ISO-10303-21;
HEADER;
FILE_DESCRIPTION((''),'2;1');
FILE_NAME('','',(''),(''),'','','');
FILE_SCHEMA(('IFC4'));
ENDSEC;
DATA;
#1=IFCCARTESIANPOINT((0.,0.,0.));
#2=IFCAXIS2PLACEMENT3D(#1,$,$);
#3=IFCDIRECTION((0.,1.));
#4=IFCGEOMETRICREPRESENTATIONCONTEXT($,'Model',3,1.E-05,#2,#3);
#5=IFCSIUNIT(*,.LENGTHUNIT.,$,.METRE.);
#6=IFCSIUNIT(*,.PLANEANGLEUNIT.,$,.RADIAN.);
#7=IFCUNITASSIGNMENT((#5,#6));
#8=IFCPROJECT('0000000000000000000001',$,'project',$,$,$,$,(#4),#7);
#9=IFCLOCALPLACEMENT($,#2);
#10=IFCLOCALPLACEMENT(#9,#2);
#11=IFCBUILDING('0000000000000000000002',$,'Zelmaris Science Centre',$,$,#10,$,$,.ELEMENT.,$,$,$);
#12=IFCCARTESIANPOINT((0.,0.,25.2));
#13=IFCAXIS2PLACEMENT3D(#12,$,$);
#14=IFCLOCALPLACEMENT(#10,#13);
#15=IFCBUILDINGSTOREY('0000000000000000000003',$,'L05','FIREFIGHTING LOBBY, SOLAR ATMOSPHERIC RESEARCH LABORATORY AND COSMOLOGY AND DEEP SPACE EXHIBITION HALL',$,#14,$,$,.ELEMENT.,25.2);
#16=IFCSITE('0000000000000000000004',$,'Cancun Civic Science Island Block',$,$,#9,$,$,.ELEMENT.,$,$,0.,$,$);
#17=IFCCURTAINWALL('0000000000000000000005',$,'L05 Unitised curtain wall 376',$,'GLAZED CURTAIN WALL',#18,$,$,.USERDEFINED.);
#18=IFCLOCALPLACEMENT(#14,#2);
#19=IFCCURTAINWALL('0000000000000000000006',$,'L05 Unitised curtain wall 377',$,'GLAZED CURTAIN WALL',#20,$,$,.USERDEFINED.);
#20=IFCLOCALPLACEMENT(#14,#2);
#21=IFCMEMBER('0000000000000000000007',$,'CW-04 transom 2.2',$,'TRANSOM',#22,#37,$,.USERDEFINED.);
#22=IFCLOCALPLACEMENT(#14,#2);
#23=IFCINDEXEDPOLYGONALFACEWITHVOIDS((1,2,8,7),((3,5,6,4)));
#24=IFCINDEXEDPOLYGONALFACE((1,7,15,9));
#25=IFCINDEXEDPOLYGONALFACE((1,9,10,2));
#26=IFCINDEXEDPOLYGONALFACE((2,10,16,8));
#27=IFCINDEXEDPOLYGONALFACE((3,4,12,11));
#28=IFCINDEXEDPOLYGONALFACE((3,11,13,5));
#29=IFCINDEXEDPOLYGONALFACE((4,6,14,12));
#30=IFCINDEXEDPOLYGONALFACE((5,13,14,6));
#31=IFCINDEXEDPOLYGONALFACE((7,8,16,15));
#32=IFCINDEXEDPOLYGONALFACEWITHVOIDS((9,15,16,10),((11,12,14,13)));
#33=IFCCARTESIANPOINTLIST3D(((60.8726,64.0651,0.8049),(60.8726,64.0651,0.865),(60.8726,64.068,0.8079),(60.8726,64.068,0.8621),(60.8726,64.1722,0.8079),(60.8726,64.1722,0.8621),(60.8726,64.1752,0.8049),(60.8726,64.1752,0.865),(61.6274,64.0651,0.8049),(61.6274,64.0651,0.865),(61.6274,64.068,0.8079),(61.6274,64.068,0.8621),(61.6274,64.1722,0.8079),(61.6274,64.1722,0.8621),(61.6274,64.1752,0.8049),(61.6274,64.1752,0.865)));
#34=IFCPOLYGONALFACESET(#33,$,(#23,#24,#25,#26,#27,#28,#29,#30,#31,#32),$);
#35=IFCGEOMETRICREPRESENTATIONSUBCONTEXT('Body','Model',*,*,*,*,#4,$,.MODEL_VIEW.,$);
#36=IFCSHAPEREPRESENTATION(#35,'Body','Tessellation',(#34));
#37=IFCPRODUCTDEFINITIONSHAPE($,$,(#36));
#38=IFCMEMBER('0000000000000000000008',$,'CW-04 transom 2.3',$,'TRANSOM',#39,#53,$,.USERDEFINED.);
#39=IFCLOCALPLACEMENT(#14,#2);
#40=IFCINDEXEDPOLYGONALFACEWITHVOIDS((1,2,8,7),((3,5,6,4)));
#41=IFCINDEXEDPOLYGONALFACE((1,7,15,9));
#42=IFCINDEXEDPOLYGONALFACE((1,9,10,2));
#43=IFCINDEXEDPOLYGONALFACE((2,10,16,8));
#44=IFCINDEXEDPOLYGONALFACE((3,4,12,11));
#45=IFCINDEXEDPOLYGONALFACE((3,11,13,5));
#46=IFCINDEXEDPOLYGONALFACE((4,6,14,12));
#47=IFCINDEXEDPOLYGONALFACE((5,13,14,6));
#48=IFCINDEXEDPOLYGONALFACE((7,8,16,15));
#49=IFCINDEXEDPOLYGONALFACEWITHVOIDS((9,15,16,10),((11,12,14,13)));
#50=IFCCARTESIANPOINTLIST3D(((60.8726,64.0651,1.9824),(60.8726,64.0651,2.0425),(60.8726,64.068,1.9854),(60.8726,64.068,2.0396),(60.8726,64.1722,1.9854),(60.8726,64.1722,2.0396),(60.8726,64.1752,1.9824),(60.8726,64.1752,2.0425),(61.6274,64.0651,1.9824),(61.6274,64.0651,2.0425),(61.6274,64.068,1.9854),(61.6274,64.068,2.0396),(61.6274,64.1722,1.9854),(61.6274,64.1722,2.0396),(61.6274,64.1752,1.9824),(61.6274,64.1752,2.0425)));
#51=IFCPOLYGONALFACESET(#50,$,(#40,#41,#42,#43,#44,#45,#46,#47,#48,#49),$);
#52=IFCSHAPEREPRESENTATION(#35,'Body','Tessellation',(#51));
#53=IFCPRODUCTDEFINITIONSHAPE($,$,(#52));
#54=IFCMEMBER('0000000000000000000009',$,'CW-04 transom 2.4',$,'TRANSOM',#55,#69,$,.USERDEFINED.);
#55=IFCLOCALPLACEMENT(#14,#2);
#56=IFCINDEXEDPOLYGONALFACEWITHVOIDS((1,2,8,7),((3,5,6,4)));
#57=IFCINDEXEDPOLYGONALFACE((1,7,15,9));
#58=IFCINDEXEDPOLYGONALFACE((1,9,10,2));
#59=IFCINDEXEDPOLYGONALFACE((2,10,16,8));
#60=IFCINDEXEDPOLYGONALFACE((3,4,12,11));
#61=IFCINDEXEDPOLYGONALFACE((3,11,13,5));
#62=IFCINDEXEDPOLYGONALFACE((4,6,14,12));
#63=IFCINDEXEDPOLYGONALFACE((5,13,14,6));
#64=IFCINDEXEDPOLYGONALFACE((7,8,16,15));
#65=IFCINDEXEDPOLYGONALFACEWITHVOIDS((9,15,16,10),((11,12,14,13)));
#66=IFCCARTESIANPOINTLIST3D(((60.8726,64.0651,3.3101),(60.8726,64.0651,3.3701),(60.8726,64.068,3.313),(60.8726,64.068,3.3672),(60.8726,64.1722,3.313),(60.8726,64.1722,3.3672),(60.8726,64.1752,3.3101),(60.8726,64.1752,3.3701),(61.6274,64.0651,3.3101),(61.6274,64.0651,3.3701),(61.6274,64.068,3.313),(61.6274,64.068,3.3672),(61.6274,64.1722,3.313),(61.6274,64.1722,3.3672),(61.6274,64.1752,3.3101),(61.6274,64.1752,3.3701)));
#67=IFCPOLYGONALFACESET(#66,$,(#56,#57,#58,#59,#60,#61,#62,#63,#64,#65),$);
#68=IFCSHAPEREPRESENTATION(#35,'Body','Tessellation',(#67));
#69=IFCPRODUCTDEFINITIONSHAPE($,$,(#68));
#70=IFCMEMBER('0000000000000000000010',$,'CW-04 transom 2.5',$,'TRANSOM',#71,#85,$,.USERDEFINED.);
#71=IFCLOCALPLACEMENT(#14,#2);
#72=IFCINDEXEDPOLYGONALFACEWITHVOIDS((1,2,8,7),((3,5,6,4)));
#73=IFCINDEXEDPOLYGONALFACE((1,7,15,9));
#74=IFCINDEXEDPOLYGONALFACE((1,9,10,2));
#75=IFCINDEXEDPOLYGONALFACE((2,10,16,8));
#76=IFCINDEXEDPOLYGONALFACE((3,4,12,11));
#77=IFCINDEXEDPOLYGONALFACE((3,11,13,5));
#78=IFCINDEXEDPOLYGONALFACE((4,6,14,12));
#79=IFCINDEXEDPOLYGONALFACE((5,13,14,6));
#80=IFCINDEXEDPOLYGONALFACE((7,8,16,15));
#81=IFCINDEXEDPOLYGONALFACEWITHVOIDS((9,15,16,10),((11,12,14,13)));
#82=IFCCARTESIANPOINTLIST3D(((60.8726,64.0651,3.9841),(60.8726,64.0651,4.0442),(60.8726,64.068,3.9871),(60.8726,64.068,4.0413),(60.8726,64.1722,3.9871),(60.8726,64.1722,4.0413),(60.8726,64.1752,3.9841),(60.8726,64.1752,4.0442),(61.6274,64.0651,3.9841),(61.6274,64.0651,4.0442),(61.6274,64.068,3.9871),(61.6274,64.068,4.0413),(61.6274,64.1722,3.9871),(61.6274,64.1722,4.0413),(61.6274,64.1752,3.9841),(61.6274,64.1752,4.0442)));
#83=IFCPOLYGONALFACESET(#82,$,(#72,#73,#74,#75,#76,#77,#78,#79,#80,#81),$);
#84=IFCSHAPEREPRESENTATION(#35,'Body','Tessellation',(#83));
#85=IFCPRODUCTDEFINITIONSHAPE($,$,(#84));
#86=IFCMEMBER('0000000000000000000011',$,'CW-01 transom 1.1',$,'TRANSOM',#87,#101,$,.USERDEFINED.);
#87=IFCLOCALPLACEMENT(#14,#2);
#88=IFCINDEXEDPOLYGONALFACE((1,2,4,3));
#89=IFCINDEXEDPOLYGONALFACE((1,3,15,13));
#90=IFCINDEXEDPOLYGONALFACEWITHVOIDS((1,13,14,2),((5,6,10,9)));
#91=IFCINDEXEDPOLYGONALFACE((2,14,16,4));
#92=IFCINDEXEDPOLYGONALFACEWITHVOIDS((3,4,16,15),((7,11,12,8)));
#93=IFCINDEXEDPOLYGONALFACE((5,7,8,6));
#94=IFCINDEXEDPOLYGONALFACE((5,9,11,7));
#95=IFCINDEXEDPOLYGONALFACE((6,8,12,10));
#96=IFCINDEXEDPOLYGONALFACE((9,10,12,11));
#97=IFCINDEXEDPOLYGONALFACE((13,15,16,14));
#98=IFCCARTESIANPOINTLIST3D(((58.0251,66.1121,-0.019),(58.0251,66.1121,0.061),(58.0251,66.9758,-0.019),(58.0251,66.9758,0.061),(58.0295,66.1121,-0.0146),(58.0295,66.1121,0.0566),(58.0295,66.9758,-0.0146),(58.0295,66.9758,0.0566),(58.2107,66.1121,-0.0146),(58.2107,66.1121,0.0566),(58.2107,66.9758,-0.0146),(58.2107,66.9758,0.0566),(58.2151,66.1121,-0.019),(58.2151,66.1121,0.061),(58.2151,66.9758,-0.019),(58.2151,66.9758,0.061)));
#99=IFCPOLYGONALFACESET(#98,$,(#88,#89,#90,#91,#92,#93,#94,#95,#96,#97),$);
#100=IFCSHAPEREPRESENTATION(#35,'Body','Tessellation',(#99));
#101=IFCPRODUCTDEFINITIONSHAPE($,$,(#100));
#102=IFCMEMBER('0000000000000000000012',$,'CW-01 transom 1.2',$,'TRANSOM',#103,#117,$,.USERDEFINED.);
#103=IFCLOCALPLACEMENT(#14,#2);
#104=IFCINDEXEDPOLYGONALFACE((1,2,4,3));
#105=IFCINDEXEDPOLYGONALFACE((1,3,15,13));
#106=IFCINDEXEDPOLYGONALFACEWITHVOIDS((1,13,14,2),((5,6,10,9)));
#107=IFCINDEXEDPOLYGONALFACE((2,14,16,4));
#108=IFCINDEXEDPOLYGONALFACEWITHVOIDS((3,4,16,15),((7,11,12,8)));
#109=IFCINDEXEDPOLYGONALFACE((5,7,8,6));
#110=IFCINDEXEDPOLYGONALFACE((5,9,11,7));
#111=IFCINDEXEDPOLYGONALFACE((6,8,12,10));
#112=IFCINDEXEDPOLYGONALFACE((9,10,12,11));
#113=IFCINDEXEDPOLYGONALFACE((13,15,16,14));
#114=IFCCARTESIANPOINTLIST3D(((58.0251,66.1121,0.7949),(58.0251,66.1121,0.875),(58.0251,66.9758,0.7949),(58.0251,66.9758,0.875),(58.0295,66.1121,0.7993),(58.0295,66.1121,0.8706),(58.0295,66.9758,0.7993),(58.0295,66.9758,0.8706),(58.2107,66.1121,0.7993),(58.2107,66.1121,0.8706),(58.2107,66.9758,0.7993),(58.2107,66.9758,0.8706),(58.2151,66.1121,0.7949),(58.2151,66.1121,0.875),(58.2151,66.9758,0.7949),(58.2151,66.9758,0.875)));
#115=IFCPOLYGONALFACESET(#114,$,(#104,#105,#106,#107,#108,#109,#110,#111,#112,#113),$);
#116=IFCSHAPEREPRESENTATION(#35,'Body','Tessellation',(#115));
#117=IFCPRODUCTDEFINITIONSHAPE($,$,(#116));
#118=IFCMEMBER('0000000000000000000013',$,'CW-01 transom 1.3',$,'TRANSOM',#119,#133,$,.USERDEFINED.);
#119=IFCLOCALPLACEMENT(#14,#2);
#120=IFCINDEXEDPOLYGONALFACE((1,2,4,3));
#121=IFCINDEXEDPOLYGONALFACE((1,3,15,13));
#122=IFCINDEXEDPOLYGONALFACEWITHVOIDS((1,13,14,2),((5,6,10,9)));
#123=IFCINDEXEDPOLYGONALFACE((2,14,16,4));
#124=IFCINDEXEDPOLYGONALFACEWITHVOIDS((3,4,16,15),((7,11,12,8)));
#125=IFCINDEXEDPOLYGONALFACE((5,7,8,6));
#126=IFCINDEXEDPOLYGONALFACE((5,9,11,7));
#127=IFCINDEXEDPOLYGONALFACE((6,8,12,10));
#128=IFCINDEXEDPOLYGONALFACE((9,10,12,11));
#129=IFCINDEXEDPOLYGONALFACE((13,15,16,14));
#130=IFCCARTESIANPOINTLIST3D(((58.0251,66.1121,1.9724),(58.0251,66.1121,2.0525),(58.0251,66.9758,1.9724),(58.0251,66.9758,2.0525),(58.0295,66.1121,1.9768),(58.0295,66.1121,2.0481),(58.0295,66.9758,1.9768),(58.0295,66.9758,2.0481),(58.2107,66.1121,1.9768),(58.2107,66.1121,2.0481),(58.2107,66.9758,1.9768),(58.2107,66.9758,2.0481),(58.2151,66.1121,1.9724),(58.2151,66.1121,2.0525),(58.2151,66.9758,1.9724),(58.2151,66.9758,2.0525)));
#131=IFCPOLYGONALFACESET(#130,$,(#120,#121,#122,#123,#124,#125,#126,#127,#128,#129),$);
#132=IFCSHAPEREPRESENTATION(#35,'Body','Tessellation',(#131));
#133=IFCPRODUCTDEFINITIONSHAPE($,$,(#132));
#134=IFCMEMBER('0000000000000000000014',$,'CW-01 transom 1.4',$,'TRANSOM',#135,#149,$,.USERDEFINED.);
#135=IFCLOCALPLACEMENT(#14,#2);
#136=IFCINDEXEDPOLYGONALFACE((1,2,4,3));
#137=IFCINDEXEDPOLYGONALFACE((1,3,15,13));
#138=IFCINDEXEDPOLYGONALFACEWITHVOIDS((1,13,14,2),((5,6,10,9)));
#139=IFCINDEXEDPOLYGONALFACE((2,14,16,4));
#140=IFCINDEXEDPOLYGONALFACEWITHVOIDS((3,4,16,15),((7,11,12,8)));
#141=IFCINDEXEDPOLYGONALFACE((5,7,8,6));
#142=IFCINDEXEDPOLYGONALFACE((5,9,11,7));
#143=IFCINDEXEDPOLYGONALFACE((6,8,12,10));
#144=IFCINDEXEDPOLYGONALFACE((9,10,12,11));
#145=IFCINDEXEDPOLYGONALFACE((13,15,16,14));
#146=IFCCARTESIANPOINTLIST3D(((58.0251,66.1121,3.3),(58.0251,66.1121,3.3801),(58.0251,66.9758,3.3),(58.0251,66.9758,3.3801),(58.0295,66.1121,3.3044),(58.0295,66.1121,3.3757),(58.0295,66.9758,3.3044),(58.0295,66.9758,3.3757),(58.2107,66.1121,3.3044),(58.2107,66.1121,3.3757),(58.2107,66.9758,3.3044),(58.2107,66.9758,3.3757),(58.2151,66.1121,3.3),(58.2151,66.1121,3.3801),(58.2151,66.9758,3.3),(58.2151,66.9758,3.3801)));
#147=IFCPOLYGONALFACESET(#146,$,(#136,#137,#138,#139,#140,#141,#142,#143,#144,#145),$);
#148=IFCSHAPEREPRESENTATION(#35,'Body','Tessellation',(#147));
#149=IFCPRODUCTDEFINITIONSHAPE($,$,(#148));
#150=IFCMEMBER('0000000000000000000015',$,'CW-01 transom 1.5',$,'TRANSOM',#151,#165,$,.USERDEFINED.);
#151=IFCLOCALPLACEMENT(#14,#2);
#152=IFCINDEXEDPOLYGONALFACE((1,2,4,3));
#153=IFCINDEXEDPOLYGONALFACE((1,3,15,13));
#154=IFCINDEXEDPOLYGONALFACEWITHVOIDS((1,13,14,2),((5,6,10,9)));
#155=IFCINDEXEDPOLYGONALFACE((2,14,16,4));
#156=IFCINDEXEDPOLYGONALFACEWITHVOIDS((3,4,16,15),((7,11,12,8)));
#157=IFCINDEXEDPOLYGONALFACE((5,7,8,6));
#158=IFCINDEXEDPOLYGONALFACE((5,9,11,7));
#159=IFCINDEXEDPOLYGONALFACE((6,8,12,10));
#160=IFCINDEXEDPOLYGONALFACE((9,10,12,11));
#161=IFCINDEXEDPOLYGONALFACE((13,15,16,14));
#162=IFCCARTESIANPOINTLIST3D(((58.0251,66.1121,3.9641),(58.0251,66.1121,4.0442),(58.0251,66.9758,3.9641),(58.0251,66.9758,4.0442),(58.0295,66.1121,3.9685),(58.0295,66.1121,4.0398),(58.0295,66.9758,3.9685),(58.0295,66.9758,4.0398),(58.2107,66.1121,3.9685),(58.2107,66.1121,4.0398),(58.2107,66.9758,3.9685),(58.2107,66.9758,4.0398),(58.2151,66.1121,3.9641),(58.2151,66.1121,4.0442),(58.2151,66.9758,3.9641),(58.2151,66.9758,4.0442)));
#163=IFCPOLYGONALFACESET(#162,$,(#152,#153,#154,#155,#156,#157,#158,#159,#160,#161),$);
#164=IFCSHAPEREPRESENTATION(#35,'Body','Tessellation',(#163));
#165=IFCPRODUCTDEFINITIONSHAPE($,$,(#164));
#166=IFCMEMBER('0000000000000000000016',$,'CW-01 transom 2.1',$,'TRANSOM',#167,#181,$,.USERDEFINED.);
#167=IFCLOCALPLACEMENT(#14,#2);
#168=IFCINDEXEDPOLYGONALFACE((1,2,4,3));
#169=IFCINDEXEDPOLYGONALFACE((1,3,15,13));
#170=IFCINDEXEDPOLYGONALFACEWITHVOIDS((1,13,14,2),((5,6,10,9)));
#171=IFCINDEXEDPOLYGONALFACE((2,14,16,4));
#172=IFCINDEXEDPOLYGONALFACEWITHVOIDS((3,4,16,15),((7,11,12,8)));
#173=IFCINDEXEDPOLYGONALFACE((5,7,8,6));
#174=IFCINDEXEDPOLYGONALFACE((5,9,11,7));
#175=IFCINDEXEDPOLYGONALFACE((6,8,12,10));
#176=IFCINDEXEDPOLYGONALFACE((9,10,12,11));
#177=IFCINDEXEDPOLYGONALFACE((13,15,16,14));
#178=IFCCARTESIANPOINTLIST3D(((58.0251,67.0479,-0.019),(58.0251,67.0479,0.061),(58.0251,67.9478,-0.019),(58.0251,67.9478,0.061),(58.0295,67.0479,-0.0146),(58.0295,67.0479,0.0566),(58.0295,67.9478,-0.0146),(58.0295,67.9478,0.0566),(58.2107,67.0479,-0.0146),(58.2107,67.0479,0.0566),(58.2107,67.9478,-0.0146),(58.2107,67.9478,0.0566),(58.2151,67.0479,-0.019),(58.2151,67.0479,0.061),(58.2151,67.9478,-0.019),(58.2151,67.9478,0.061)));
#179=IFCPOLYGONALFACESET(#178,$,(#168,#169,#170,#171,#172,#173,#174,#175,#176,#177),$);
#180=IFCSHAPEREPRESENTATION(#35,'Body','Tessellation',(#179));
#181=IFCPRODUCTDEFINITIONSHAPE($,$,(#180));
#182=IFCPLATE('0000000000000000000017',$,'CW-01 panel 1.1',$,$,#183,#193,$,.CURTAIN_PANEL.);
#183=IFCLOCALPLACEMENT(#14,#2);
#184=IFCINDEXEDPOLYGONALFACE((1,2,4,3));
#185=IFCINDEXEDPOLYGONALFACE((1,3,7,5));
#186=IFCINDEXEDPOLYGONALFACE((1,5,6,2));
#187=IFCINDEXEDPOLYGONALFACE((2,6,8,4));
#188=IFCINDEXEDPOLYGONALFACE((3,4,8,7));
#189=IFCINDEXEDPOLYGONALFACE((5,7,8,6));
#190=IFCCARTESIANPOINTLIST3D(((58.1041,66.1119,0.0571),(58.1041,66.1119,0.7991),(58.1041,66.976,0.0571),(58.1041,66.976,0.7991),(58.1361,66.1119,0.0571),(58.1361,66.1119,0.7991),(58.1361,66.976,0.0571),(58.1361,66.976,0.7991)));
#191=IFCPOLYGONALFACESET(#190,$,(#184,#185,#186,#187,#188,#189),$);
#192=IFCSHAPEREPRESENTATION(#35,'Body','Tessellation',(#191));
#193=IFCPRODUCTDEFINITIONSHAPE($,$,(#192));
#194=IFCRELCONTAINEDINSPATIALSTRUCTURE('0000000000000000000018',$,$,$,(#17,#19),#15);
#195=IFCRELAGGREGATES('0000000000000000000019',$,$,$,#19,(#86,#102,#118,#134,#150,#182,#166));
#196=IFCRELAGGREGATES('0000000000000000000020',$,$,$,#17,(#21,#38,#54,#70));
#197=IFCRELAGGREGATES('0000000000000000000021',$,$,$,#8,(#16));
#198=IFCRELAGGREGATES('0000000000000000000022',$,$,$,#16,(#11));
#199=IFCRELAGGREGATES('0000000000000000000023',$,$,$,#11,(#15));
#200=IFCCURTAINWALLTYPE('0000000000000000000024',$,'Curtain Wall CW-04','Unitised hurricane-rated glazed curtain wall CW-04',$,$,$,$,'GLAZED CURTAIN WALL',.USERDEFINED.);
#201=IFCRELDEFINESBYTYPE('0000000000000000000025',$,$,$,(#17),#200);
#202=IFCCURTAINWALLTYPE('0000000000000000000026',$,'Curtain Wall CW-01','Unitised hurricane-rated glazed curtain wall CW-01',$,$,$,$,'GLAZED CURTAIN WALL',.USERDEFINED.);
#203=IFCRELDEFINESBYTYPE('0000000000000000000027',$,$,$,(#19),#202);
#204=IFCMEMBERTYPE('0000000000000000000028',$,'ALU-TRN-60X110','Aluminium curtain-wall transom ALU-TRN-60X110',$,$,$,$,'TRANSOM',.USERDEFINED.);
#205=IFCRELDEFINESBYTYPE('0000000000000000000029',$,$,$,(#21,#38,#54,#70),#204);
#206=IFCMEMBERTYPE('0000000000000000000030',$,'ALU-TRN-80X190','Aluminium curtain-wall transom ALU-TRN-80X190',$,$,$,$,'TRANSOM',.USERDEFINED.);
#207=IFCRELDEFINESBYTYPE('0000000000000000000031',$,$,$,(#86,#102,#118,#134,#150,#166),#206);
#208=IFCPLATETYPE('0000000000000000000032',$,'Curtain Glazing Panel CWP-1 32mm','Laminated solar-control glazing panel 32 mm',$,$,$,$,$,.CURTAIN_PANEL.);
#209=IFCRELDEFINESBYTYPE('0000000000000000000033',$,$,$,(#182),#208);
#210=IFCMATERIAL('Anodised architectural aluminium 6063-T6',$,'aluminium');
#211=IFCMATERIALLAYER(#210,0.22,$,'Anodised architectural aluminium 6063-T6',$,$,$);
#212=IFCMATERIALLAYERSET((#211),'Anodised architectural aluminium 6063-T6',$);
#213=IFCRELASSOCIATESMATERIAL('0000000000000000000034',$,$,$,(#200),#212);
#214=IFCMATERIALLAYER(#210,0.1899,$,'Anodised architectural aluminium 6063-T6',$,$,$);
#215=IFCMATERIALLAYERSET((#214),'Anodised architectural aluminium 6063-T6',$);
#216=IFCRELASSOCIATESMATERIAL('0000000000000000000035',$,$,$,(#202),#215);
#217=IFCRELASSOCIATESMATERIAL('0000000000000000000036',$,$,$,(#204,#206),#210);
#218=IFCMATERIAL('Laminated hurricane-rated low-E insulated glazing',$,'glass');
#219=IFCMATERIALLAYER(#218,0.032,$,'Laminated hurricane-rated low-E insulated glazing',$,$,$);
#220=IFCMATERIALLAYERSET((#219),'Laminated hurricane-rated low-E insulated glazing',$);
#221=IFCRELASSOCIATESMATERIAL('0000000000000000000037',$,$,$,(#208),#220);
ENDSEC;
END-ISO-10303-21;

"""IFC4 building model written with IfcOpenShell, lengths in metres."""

from ifc_helpers import new_model, si_unit, direction, frame, origin, origin_2d, place, context, subcontext, project, spatial, rectangle, hollow_rectangle, extrude, material, layer, layer_set, material_profile, profile_set, type_object, element, aggregate, save


model = new_model("IFC4")

# Units and contexts
model_context = context("Model", 3, precision=1e-05, world=origin(), true_north=direction((0.0, 1.0)))
body_context = subcontext(model_context, "Body", "Model", "MODEL_VIEW")
ifc_project = project(units=[si_unit("LENGTHUNIT", "METRE"), si_unit("PLANEANGLEUNIT", "RADIAN")], contexts=[model_context])

# Site, building, storey
site_placement = place(None, origin())
site = spatial("IfcSite", under=ifc_project, at=site_placement, Name="Cancun Civic Science Island Block", CompositionType="ELEMENT", RefElevation=0.0)
building_placement = place(site_placement, origin())
building = spatial("IfcBuilding", under=site, at=building_placement, Name="Zelmaris Science Centre", CompositionType="ELEMENT")
storey_placement = place(building_placement, frame((0.0, 0.0, 25.2)))
storey = spatial("IfcBuildingStorey", under=building, at=storey_placement, Name="L05", Description="FIREFIGHTING LOBBY, SOLAR ATMOSPHERIC RESEARCH LABORATORY AND COSMOLOGY AND DEEP SPACE EXHIBITION HALL", CompositionType="ELEMENT", Elevation=25.2)

# Curtain walls
ifc_material_1 = material(Name="Anodised architectural aluminium 6063-T6", Category="aluminium")
ifc_layer_1 = layer(ifc_material_1, 0.22, Name="Anodised architectural aluminium 6063-T6")
ifc_layer_set_1 = layer_set([ifc_layer_1], Name="Anodised architectural aluminium 6063-T6")
curtain_wall_type_1 = type_object("IfcCurtainWallType", Name="Curtain Wall CW-04", Description="Unitised hurricane-rated glazed curtain wall CW-04", ElementType="GLAZED CURTAIN WALL", PredefinedType="USERDEFINED", material=ifc_layer_set_1)
curtain_wall_1_placement = place(storey_placement, origin())
curtain_wall_1 = element("IfcCurtainWall", 1, at=curtain_wall_1_placement, inside=storey, type_object=curtain_wall_type_1, Name="L05 Unitised curtain wall 376", ObjectType="GLAZED CURTAIN WALL", PredefinedType="USERDEFINED")
ifc_layer_2 = layer(ifc_material_1, 0.1899, Name="Anodised architectural aluminium 6063-T6")
ifc_layer_set_2 = layer_set([ifc_layer_2], Name="Anodised architectural aluminium 6063-T6")
curtain_wall_type_2 = type_object("IfcCurtainWallType", Name="Curtain Wall CW-01", Description="Unitised hurricane-rated glazed curtain wall CW-01", ElementType="GLAZED CURTAIN WALL", PredefinedType="USERDEFINED", material=ifc_layer_set_2)
curtain_wall_2_placement = place(storey_placement, origin())
curtain_wall_2 = element("IfcCurtainWall", 2, at=curtain_wall_2_placement, inside=storey, type_object=curtain_wall_type_2, Name="L05 Unitised curtain wall 377", ObjectType="GLAZED CURTAIN WALL", PredefinedType="USERDEFINED")

# Members
ifc_material_profile_1 = material_profile(ifc_material_1, hollow_rectangle(XDim=0.0601, YDim=0.1101, WallThickness=0.0029, at=origin_2d()), Name="ALU-TRN-60X110")
ifc_profile_set_1 = profile_set([ifc_material_profile_1], Name="Anodised architectural aluminium 6063-T6")
member_type_1 = type_object("IfcMemberType", Name="ALU-TRN-60X110", Description="Aluminium curtain-wall transom ALU-TRN-60X110", ElementType="TRANSOM", PredefinedType="USERDEFINED", material=ifc_profile_set_1)
member_1_placement = place(storey_placement, frame((61.6274, 64.1201, 0.835), z_axis=(-1.0, 0.0, 0.0), x_axis=(0.0, 0.0, 1.0)))
member_1 = element("IfcMember", 3, at=member_1_placement, type_object=member_type_1, Name="CW-04 transom 2.2", ObjectType="TRANSOM", PredefinedType="USERDEFINED", context=body_context, shape_type="SweptSolid", body=[
    extrude(hollow_rectangle(XDim=0.0601, YDim=0.1101, WallThickness=0.0029, at=origin_2d()), origin(), (0.0, 0.0, 1.0), 0.7549),
])
member_2_placement = place(storey_placement, frame((61.6274, 64.1201, 2.0125), z_axis=(-1.0, 0.0, 0.0), x_axis=(0.0, 0.0, 1.0)))
member_2 = element("IfcMember", 4, at=member_2_placement, type_object=member_type_1, Name="CW-04 transom 2.3", ObjectType="TRANSOM", PredefinedType="USERDEFINED", context=body_context, shape_type="SweptSolid", body=[
    extrude(hollow_rectangle(XDim=0.0601, YDim=0.1101, WallThickness=0.0029, at=origin_2d()), origin(), (0.0, 0.0, 1.0), 0.7549),
])
member_3_placement = place(storey_placement, frame((61.6274, 64.1201, 3.3401), z_axis=(-1.0, 0.0, 0.0), x_axis=(0.0, 0.0, 1.0)))
member_3 = element("IfcMember", 5, at=member_3_placement, type_object=member_type_1, Name="CW-04 transom 2.4", ObjectType="TRANSOM", PredefinedType="USERDEFINED", context=body_context, shape_type="SweptSolid", body=[
    extrude(hollow_rectangle(XDim=0.0601, YDim=0.1101, WallThickness=0.0029, at=origin_2d()), origin(), (0.0, 0.0, 1.0), 0.7549),
])
member_4_placement = place(storey_placement, frame((61.6274, 64.1201, 4.0142), z_axis=(-1.0, 0.0, 0.0), x_axis=(0.0, 0.0, 1.0)))
member_4 = element("IfcMember", 6, at=member_4_placement, type_object=member_type_1, Name="CW-04 transom 2.5", ObjectType="TRANSOM", PredefinedType="USERDEFINED", context=body_context, shape_type="SweptSolid", body=[
    extrude(hollow_rectangle(XDim=0.0601, YDim=0.1101, WallThickness=0.0029, at=origin_2d()), origin(), (0.0, 0.0, 1.0), 0.7549),
])
ifc_material_profile_2 = material_profile(ifc_material_1, hollow_rectangle(XDim=0.0801, YDim=0.1899, WallThickness=0.0044, at=origin_2d()), Name="ALU-TRN-80X190")
ifc_profile_set_2 = profile_set([ifc_material_profile_2], Name="Anodised architectural aluminium 6063-T6")
member_type_2 = type_object("IfcMemberType", Name="ALU-TRN-80X190", Description="Aluminium curtain-wall transom ALU-TRN-80X190", ElementType="TRANSOM", PredefinedType="USERDEFINED", material=ifc_profile_set_2)
member_5_placement = place(storey_placement, frame((58.1201, 66.1121, 0.021), z_axis=(0.0, 1.0, 0.0), x_axis=(0.0, 0.0, 1.0)))
member_5 = element("IfcMember", 7, at=member_5_placement, type_object=member_type_2, Name="CW-01 transom 1.1", ObjectType="TRANSOM", PredefinedType="USERDEFINED", context=body_context, shape_type="SweptSolid", body=[
    extrude(hollow_rectangle(XDim=0.0801, YDim=0.1899, WallThickness=0.0044, at=origin_2d()), origin(), (0.0, 0.0, 1.0), 0.8638),
])
member_6_placement = place(storey_placement, frame((58.1201, 66.1121, 0.835), z_axis=(0.0, 1.0, 0.0), x_axis=(0.0, 0.0, 1.0)))
member_6 = element("IfcMember", 8, at=member_6_placement, type_object=member_type_2, Name="CW-01 transom 1.2", ObjectType="TRANSOM", PredefinedType="USERDEFINED", context=body_context, shape_type="SweptSolid", body=[
    extrude(hollow_rectangle(XDim=0.0801, YDim=0.1899, WallThickness=0.0044, at=origin_2d()), origin(), (0.0, 0.0, 1.0), 0.8638),
])
member_7_placement = place(storey_placement, frame((58.1201, 66.1121, 2.0125), z_axis=(0.0, 1.0, 0.0), x_axis=(0.0, 0.0, 1.0)))
member_7 = element("IfcMember", 9, at=member_7_placement, type_object=member_type_2, Name="CW-01 transom 1.3", ObjectType="TRANSOM", PredefinedType="USERDEFINED", context=body_context, shape_type="SweptSolid", body=[
    extrude(hollow_rectangle(XDim=0.0801, YDim=0.1899, WallThickness=0.0044, at=origin_2d()), origin(), (0.0, 0.0, 1.0), 0.8638),
])
member_8_placement = place(storey_placement, frame((58.1201, 66.1121, 3.3401), z_axis=(0.0, 1.0, 0.0), x_axis=(0.0, 0.0, 1.0)))
member_8 = element("IfcMember", 10, at=member_8_placement, type_object=member_type_2, Name="CW-01 transom 1.4", ObjectType="TRANSOM", PredefinedType="USERDEFINED", context=body_context, shape_type="SweptSolid", body=[
    extrude(hollow_rectangle(XDim=0.0801, YDim=0.1899, WallThickness=0.0044, at=origin_2d()), origin(), (0.0, 0.0, 1.0), 0.8638),
])
member_9_placement = place(storey_placement, frame((58.1201, 66.1121, 4.0042), z_axis=(0.0, 1.0, 0.0), x_axis=(0.0, 0.0, 1.0)))
member_9 = element("IfcMember", 11, at=member_9_placement, type_object=member_type_2, Name="CW-01 transom 1.5", ObjectType="TRANSOM", PredefinedType="USERDEFINED", context=body_context, shape_type="SweptSolid", body=[
    extrude(hollow_rectangle(XDim=0.0801, YDim=0.1899, WallThickness=0.0044, at=origin_2d()), origin(), (0.0, 0.0, 1.0), 0.8638),
])
member_10_placement = place(storey_placement, frame((58.1201, 67.0479, 0.021), z_axis=(0.0, 1.0, 0.0), x_axis=(0.0, 0.0, 1.0)))
member_10 = element("IfcMember", 12, at=member_10_placement, type_object=member_type_2, Name="CW-01 transom 2.1", ObjectType="TRANSOM", PredefinedType="USERDEFINED", context=body_context, shape_type="SweptSolid", body=[
    extrude(hollow_rectangle(XDim=0.0801, YDim=0.1899, WallThickness=0.0044, at=origin_2d()), origin(), (0.0, 0.0, 1.0), 0.8999),
])

# Plate
ifc_material_2 = material(Name="Laminated hurricane-rated low-E insulated glazing", Category="glass")
ifc_layer_3 = layer(ifc_material_2, 0.032, Name="Laminated hurricane-rated low-E insulated glazing")
ifc_layer_set_3 = layer_set([ifc_layer_3], Name="Laminated hurricane-rated low-E insulated glazing")
plate_type_1 = type_object("IfcPlateType", Name="Curtain Glazing Panel CWP-1 32mm", Description="Laminated solar-control glazing panel 32 mm", PredefinedType="CURTAIN_PANEL", material=ifc_layer_set_3)
plate_1_placement = place(storey_placement, frame((58.1201, 66.5439, 0.0571), z_axis=(0.0, 0.0, 1.0), x_axis=(0.0, 1.0, 0.0)))
plate_1 = element("IfcPlate", 13, at=plate_1_placement, type_object=plate_type_1, Name="CW-01 panel 1.1", PredefinedType="CURTAIN_PANEL", context=body_context, shape_type="SweptSolid", body=[
    extrude(rectangle(XDim=0.864, YDim=0.032, at=origin_2d()), origin(), (0.0, 0.0, 1.0), 0.7419),
])
aggregate(curtain_wall_2, [member_5, member_6, member_7, member_8, member_9, plate_1, member_10])
aggregate(curtain_wall_1, [member_1, member_2, member_3, member_4])

save(model, "model.ifc")
